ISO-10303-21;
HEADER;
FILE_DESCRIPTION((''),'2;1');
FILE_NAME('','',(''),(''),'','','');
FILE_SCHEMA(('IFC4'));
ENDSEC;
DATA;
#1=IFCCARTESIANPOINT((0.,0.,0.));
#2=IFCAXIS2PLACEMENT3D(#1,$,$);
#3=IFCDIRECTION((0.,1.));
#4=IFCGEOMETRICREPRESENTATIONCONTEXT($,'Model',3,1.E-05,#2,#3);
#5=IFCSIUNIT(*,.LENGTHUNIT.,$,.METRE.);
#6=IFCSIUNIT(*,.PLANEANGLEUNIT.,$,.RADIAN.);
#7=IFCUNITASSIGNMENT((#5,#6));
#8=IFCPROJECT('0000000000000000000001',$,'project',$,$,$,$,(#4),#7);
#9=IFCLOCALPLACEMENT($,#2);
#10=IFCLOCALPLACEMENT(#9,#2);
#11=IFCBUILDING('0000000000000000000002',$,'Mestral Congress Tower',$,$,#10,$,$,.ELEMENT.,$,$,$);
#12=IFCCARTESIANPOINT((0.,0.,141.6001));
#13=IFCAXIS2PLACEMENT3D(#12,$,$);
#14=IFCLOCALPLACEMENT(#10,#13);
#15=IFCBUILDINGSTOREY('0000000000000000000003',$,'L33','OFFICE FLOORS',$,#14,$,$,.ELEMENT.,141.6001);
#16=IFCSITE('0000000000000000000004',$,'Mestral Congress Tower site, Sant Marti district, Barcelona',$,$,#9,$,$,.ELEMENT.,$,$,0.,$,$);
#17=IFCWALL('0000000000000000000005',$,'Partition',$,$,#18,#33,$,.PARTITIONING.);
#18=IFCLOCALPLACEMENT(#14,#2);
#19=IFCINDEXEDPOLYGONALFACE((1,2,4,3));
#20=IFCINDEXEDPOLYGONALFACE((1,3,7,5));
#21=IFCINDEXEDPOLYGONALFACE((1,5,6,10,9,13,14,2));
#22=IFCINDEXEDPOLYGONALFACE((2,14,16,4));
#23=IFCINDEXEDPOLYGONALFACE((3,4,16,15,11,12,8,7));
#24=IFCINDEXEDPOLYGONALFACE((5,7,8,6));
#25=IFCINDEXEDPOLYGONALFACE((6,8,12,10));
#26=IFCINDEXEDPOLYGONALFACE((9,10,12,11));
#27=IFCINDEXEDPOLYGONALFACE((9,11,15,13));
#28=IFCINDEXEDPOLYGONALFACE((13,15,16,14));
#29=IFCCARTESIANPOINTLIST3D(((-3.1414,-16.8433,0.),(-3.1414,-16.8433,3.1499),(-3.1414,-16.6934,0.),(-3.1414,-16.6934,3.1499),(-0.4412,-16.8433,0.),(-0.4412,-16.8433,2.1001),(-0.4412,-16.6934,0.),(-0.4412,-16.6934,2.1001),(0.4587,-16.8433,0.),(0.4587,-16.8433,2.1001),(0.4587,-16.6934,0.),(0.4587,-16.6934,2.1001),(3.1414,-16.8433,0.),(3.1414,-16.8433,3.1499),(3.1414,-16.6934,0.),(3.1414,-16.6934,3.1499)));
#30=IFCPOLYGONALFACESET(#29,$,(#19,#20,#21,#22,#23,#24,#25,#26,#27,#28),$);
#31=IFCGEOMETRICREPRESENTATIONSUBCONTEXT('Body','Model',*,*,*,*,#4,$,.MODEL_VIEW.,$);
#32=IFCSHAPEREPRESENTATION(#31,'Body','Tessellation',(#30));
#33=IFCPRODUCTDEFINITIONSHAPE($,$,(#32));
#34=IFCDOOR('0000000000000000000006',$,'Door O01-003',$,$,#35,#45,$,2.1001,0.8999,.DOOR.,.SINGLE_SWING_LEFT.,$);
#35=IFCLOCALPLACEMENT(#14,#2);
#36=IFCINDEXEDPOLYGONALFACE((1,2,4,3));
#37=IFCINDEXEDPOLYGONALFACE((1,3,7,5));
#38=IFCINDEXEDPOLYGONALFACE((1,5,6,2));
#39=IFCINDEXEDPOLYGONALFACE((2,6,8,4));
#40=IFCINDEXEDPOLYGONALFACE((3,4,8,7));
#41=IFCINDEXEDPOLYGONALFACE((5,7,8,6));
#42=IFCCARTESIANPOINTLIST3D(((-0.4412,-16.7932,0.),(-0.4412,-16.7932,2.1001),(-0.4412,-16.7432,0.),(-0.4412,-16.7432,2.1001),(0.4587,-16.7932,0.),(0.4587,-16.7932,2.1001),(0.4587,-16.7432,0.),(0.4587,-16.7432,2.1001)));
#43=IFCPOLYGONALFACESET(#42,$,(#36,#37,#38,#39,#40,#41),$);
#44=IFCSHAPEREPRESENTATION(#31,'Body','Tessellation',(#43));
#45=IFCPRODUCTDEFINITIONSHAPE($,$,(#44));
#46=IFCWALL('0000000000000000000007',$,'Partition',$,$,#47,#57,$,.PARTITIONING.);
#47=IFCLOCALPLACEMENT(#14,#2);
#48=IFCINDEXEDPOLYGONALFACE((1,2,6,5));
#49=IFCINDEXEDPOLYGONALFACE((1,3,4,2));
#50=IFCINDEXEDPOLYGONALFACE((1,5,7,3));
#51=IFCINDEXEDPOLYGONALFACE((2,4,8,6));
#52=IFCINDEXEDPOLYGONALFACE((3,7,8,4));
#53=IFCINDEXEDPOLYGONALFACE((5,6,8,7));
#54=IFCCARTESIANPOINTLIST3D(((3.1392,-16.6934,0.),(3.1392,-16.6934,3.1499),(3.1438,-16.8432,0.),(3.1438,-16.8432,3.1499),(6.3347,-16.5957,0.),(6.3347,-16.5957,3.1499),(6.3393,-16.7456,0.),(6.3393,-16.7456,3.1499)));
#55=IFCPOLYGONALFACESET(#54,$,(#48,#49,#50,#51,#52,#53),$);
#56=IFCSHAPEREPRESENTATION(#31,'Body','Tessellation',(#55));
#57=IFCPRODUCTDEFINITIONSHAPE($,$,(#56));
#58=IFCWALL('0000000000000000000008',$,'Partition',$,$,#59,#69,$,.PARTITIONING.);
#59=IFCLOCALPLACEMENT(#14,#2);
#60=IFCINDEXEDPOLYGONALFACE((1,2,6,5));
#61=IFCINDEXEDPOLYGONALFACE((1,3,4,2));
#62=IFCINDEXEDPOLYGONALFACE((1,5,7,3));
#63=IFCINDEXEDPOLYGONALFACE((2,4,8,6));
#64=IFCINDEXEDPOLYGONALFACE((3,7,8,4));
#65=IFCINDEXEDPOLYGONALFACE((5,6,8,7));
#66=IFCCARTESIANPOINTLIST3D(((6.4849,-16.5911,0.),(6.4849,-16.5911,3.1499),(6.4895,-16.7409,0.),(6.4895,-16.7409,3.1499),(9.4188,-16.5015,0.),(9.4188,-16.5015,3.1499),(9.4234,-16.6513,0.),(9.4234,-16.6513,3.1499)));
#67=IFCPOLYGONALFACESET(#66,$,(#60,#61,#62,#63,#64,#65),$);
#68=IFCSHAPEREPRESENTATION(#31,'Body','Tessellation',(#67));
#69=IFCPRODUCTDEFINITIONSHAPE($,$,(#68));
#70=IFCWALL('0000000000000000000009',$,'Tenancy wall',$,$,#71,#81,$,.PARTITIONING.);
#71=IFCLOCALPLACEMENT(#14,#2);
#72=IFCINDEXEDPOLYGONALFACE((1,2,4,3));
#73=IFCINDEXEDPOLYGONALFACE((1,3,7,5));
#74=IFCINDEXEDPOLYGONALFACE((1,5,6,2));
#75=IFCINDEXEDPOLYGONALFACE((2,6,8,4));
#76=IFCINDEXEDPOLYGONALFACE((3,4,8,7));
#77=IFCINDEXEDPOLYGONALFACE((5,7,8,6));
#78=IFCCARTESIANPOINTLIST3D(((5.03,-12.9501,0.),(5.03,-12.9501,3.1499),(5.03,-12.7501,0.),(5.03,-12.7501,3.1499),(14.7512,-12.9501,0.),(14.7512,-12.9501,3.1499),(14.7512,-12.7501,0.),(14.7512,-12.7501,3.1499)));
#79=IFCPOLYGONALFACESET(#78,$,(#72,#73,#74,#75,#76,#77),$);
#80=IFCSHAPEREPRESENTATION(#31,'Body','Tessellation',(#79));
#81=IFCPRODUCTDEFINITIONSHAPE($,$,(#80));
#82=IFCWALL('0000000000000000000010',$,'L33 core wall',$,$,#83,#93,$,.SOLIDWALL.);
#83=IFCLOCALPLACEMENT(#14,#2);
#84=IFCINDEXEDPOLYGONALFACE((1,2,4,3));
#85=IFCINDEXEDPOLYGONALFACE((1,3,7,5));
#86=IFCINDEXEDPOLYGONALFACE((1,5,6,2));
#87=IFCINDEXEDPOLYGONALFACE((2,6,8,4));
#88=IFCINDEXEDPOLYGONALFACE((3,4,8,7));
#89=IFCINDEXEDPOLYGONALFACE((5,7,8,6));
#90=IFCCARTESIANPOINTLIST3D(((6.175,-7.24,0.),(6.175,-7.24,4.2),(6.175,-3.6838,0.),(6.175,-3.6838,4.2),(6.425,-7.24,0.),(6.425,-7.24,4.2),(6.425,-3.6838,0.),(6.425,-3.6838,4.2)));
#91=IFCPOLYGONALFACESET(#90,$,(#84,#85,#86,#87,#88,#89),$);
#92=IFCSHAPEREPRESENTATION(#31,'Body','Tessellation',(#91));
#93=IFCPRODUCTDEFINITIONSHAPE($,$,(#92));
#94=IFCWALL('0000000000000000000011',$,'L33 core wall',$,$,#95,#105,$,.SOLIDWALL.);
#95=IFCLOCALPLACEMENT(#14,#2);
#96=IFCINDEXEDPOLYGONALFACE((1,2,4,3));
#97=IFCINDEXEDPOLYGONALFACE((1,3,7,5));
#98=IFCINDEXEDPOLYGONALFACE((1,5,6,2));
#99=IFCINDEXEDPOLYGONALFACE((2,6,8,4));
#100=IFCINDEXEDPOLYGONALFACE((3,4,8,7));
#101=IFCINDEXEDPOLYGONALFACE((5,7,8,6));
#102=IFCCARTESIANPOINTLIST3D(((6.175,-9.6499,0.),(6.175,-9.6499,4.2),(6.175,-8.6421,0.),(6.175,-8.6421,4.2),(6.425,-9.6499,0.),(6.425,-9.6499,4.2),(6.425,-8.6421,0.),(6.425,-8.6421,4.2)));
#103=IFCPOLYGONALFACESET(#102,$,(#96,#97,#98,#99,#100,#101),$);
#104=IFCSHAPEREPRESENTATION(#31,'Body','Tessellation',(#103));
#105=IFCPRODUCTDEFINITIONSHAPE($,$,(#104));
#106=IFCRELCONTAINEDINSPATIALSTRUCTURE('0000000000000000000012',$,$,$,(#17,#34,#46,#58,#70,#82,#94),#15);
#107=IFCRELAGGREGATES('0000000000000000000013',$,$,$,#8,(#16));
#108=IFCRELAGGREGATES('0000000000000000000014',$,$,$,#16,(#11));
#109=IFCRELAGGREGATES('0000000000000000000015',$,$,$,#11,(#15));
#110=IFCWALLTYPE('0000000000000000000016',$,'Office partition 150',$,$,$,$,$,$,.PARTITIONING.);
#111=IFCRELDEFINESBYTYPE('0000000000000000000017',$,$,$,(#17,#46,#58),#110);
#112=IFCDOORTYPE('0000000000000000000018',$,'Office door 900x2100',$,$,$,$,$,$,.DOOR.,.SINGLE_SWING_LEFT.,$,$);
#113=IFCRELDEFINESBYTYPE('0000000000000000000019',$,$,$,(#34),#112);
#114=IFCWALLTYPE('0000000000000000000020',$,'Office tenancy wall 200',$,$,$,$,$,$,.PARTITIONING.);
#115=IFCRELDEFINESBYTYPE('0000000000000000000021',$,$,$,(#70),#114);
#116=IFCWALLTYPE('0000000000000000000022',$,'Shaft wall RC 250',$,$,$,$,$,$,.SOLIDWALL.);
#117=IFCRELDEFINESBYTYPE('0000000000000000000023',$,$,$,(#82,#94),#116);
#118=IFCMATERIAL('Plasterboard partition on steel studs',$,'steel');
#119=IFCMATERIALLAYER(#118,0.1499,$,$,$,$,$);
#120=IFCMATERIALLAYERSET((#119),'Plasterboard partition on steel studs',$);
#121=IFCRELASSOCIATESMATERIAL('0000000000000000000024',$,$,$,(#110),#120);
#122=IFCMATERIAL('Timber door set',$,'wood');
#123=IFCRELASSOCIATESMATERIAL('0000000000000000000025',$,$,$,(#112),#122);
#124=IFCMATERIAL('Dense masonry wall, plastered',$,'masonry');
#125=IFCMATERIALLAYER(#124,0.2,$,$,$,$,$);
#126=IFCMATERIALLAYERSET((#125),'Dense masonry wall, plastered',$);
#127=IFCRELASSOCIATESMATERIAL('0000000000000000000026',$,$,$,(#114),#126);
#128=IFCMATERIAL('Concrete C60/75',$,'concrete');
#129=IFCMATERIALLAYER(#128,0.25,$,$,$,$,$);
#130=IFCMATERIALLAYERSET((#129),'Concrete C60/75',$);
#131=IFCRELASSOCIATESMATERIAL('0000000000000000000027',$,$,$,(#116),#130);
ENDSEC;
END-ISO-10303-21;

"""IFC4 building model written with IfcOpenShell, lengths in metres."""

from ifc_helpers import new_model, si_unit, direction, frame, frame_2d, origin, place, context, subcontext, project, spatial, rectangle, extrude, material, layer, layer_set, type_object, element, fill, save


model = new_model("IFC4")

# Units and contexts
model_context = context("Model", 3, precision=1e-05, world=origin(), true_north=direction((0.0, 1.0)))
body_context = subcontext(model_context, "Body", "Model", "MODEL_VIEW")
ifc_project = project(units=[si_unit("LENGTHUNIT", "METRE"), si_unit("PLANEANGLEUNIT", "RADIAN")], contexts=[model_context])

# Site, building, storey
site_placement = place(None, origin())
site = spatial("IfcSite", under=ifc_project, at=site_placement, Name="Mestral Congress Tower site, Sant Marti district, Barcelona", CompositionType="ELEMENT", RefElevation=0.0)
building_placement = place(site_placement, origin())
building = spatial("IfcBuilding", under=site, at=building_placement, Name="Mestral Congress Tower", CompositionType="ELEMENT")
storey_placement = place(building_placement, frame((0.0, 0.0, 141.6001)))
storey = spatial("IfcBuildingStorey", under=building, at=storey_placement, Name="L33", Description="OFFICE FLOORS", CompositionType="ELEMENT", Elevation=141.6001)

# Shared definitions
ifc_material_1 = material(Name="Concrete C60/75", Category="concrete")

# Shared definitions
ifc_material_2 = material(Name="Plasterboard partition on steel studs", Category="steel")
ifc_layer_1 = layer(ifc_material_2, 0.1499)
ifc_layer_set_1 = layer_set([ifc_layer_1], Name="Plasterboard partition on steel studs")
wall_type_1 = type_object("IfcWallType", Name="Office partition 150", PredefinedType="PARTITIONING", material=ifc_layer_set_1)

# Wall, opening, door
wall_1_placement = place(storey_placement, frame((3.1414, -16.7683, 0.0), z_axis=(0.0, 0.0, 1.0), x_axis=(-1.0, 0.0, 0.0)))
wall_1 = element("IfcWall", 1, at=wall_1_placement, inside=storey, type_object=wall_type_1, Name="Partition", PredefinedType="PARTITIONING", context=body_context, shape_type="SweptSolid", body=[
    extrude(rectangle(XDim=6.2827, YDim=0.1499, at=frame_2d((3.1414, 0.0))), origin(), (0.0, 0.0, 1.0), 3.1499),
])
opening_1_placement = place(wall_1_placement, frame((2.6826, 0.0, 0.0)))
opening_1 = element("IfcOpeningElement", 2, at=opening_1_placement, cuts=wall_1, PredefinedType="OPENING", context=body_context, shape_type="SweptSolid", body=[
    extrude(rectangle(XDim=0.8999, YDim=2.1001, at=frame_2d((0.45, 1.05))), frame((0.0, 0.085, 0.0), z_axis=(0.0, -1.0, 0.0), x_axis=(1.0, 0.0, 0.0)), (0.0, 0.0, 1.0), 0.1699),
])
ifc_material_3 = material(Name="Timber door set", Category="wood")
door_type_1 = type_object("IfcDoorType", Name="Office door 900x2100", OperationType="SINGLE_SWING_LEFT", PredefinedType="DOOR", material=ifc_material_3)
door_1_placement = place(opening_1_placement, origin())
door_1 = element("IfcDoor", 3, at=door_1_placement, inside=storey, type_object=door_type_1, Name="Door O01-003", OperationType="SINGLE_SWING_LEFT", OverallHeight=2.1001, OverallWidth=0.8999, PredefinedType="DOOR", context=body_context, shape_type="SweptSolid", body=[
    extrude(rectangle(XDim=0.8999, YDim=2.1001, at=frame_2d((0.45, 1.05))), frame((0.0, 0.0249, 0.0), z_axis=(0.0, -1.0, 0.0), x_axis=(1.0, 0.0, 0.0)), (0.0, 0.0, 1.0), 0.05),
])
fill(opening_1, door_1)

# Walls
wall_2_placement = place(storey_placement, frame((3.1414, -16.7683, 0.0), z_axis=(0.0, 0.0, 1.0), x_axis=(0.999533, 0.030546, 0.0)))
element("IfcWall", 4, at=wall_2_placement, inside=storey, type_object=wall_type_1, Name="Partition", PredefinedType="PARTITIONING", context=body_context, shape_type="SweptSolid", body=[
    extrude(rectangle(XDim=3.197, YDim=0.1499, at=frame_2d((1.5986, 0.0))), origin(), (0.0, 0.0, 1.0), 3.1499),
])
wall_3_placement = place(storey_placement, frame((6.4871, -16.666, 0.0), z_axis=(0.0, 0.0, 1.0), x_axis=(0.999534, 0.030526, 0.0)))
element("IfcWall", 5, at=wall_3_placement, inside=storey, type_object=wall_type_1, Name="Partition", PredefinedType="PARTITIONING", context=body_context, shape_type="SweptSolid", body=[
    extrude(rectangle(XDim=2.9353, YDim=0.1499, at=frame_2d((1.4678, 0.0))), origin(), (0.0, 0.0, 1.0), 3.1499),
])
ifc_material_4 = material(Name="Dense masonry wall, plastered", Category="masonry")
ifc_layer_2 = layer(ifc_material_4, 0.2)
ifc_layer_set_2 = layer_set([ifc_layer_2], Name="Dense masonry wall, plastered")
wall_type_2 = type_object("IfcWallType", Name="Office tenancy wall 200", PredefinedType="PARTITIONING", material=ifc_layer_set_2)
wall_4_placement = place(storey_placement, frame((5.03, -12.8501, 0.0), z_axis=(0.0, 0.0, 1.0), x_axis=(1.0, 0.0, 0.0)))
element("IfcWall", 6, at=wall_4_placement, inside=storey, type_object=wall_type_2, Name="Tenancy wall", PredefinedType="PARTITIONING", context=body_context, shape_type="SweptSolid", body=[
    extrude(rectangle(XDim=9.7212, YDim=0.2, at=frame_2d((4.8606, 0.0))), origin(), (0.0, 0.0, 1.0), 3.1499),
])
ifc_layer_3 = layer(ifc_material_1, 0.25)
ifc_layer_set_3 = layer_set([ifc_layer_3], Name="Concrete C60/75")
wall_type_3 = type_object("IfcWallType", Name="Shaft wall RC 250", PredefinedType="SOLIDWALL", material=ifc_layer_set_3)
wall_5_placement = place(storey_placement, frame((6.3, -7.24, 0.0), z_axis=(0.0, 0.0, 1.0), x_axis=(0.0, 1.0, 0.0)))
element("IfcWall", 7, at=wall_5_placement, inside=storey, type_object=wall_type_3, Name="L33 core wall", PredefinedType="SOLIDWALL", context=body_context, shape_type="SweptSolid", body=[
    extrude(rectangle(XDim=3.5562, YDim=0.25, at=frame_2d((1.7781, 0.0))), origin(), (0.0, 0.0, 1.0), 4.2),
])
wall_6_placement = place(storey_placement, frame((6.3, -9.6499, 0.0), z_axis=(0.0, 0.0, 1.0), x_axis=(0.0, 1.0, 0.0)))
element("IfcWall", 8, at=wall_6_placement, inside=storey, type_object=wall_type_3, Name="L33 core wall", PredefinedType="SOLIDWALL", context=body_context, shape_type="SweptSolid", body=[
    extrude(rectangle(XDim=1.0078, YDim=0.25, at=frame_2d((0.5039, 0.0))), origin(), (0.0, 0.0, 1.0), 4.2),
])

save(model, "model.ifc")
